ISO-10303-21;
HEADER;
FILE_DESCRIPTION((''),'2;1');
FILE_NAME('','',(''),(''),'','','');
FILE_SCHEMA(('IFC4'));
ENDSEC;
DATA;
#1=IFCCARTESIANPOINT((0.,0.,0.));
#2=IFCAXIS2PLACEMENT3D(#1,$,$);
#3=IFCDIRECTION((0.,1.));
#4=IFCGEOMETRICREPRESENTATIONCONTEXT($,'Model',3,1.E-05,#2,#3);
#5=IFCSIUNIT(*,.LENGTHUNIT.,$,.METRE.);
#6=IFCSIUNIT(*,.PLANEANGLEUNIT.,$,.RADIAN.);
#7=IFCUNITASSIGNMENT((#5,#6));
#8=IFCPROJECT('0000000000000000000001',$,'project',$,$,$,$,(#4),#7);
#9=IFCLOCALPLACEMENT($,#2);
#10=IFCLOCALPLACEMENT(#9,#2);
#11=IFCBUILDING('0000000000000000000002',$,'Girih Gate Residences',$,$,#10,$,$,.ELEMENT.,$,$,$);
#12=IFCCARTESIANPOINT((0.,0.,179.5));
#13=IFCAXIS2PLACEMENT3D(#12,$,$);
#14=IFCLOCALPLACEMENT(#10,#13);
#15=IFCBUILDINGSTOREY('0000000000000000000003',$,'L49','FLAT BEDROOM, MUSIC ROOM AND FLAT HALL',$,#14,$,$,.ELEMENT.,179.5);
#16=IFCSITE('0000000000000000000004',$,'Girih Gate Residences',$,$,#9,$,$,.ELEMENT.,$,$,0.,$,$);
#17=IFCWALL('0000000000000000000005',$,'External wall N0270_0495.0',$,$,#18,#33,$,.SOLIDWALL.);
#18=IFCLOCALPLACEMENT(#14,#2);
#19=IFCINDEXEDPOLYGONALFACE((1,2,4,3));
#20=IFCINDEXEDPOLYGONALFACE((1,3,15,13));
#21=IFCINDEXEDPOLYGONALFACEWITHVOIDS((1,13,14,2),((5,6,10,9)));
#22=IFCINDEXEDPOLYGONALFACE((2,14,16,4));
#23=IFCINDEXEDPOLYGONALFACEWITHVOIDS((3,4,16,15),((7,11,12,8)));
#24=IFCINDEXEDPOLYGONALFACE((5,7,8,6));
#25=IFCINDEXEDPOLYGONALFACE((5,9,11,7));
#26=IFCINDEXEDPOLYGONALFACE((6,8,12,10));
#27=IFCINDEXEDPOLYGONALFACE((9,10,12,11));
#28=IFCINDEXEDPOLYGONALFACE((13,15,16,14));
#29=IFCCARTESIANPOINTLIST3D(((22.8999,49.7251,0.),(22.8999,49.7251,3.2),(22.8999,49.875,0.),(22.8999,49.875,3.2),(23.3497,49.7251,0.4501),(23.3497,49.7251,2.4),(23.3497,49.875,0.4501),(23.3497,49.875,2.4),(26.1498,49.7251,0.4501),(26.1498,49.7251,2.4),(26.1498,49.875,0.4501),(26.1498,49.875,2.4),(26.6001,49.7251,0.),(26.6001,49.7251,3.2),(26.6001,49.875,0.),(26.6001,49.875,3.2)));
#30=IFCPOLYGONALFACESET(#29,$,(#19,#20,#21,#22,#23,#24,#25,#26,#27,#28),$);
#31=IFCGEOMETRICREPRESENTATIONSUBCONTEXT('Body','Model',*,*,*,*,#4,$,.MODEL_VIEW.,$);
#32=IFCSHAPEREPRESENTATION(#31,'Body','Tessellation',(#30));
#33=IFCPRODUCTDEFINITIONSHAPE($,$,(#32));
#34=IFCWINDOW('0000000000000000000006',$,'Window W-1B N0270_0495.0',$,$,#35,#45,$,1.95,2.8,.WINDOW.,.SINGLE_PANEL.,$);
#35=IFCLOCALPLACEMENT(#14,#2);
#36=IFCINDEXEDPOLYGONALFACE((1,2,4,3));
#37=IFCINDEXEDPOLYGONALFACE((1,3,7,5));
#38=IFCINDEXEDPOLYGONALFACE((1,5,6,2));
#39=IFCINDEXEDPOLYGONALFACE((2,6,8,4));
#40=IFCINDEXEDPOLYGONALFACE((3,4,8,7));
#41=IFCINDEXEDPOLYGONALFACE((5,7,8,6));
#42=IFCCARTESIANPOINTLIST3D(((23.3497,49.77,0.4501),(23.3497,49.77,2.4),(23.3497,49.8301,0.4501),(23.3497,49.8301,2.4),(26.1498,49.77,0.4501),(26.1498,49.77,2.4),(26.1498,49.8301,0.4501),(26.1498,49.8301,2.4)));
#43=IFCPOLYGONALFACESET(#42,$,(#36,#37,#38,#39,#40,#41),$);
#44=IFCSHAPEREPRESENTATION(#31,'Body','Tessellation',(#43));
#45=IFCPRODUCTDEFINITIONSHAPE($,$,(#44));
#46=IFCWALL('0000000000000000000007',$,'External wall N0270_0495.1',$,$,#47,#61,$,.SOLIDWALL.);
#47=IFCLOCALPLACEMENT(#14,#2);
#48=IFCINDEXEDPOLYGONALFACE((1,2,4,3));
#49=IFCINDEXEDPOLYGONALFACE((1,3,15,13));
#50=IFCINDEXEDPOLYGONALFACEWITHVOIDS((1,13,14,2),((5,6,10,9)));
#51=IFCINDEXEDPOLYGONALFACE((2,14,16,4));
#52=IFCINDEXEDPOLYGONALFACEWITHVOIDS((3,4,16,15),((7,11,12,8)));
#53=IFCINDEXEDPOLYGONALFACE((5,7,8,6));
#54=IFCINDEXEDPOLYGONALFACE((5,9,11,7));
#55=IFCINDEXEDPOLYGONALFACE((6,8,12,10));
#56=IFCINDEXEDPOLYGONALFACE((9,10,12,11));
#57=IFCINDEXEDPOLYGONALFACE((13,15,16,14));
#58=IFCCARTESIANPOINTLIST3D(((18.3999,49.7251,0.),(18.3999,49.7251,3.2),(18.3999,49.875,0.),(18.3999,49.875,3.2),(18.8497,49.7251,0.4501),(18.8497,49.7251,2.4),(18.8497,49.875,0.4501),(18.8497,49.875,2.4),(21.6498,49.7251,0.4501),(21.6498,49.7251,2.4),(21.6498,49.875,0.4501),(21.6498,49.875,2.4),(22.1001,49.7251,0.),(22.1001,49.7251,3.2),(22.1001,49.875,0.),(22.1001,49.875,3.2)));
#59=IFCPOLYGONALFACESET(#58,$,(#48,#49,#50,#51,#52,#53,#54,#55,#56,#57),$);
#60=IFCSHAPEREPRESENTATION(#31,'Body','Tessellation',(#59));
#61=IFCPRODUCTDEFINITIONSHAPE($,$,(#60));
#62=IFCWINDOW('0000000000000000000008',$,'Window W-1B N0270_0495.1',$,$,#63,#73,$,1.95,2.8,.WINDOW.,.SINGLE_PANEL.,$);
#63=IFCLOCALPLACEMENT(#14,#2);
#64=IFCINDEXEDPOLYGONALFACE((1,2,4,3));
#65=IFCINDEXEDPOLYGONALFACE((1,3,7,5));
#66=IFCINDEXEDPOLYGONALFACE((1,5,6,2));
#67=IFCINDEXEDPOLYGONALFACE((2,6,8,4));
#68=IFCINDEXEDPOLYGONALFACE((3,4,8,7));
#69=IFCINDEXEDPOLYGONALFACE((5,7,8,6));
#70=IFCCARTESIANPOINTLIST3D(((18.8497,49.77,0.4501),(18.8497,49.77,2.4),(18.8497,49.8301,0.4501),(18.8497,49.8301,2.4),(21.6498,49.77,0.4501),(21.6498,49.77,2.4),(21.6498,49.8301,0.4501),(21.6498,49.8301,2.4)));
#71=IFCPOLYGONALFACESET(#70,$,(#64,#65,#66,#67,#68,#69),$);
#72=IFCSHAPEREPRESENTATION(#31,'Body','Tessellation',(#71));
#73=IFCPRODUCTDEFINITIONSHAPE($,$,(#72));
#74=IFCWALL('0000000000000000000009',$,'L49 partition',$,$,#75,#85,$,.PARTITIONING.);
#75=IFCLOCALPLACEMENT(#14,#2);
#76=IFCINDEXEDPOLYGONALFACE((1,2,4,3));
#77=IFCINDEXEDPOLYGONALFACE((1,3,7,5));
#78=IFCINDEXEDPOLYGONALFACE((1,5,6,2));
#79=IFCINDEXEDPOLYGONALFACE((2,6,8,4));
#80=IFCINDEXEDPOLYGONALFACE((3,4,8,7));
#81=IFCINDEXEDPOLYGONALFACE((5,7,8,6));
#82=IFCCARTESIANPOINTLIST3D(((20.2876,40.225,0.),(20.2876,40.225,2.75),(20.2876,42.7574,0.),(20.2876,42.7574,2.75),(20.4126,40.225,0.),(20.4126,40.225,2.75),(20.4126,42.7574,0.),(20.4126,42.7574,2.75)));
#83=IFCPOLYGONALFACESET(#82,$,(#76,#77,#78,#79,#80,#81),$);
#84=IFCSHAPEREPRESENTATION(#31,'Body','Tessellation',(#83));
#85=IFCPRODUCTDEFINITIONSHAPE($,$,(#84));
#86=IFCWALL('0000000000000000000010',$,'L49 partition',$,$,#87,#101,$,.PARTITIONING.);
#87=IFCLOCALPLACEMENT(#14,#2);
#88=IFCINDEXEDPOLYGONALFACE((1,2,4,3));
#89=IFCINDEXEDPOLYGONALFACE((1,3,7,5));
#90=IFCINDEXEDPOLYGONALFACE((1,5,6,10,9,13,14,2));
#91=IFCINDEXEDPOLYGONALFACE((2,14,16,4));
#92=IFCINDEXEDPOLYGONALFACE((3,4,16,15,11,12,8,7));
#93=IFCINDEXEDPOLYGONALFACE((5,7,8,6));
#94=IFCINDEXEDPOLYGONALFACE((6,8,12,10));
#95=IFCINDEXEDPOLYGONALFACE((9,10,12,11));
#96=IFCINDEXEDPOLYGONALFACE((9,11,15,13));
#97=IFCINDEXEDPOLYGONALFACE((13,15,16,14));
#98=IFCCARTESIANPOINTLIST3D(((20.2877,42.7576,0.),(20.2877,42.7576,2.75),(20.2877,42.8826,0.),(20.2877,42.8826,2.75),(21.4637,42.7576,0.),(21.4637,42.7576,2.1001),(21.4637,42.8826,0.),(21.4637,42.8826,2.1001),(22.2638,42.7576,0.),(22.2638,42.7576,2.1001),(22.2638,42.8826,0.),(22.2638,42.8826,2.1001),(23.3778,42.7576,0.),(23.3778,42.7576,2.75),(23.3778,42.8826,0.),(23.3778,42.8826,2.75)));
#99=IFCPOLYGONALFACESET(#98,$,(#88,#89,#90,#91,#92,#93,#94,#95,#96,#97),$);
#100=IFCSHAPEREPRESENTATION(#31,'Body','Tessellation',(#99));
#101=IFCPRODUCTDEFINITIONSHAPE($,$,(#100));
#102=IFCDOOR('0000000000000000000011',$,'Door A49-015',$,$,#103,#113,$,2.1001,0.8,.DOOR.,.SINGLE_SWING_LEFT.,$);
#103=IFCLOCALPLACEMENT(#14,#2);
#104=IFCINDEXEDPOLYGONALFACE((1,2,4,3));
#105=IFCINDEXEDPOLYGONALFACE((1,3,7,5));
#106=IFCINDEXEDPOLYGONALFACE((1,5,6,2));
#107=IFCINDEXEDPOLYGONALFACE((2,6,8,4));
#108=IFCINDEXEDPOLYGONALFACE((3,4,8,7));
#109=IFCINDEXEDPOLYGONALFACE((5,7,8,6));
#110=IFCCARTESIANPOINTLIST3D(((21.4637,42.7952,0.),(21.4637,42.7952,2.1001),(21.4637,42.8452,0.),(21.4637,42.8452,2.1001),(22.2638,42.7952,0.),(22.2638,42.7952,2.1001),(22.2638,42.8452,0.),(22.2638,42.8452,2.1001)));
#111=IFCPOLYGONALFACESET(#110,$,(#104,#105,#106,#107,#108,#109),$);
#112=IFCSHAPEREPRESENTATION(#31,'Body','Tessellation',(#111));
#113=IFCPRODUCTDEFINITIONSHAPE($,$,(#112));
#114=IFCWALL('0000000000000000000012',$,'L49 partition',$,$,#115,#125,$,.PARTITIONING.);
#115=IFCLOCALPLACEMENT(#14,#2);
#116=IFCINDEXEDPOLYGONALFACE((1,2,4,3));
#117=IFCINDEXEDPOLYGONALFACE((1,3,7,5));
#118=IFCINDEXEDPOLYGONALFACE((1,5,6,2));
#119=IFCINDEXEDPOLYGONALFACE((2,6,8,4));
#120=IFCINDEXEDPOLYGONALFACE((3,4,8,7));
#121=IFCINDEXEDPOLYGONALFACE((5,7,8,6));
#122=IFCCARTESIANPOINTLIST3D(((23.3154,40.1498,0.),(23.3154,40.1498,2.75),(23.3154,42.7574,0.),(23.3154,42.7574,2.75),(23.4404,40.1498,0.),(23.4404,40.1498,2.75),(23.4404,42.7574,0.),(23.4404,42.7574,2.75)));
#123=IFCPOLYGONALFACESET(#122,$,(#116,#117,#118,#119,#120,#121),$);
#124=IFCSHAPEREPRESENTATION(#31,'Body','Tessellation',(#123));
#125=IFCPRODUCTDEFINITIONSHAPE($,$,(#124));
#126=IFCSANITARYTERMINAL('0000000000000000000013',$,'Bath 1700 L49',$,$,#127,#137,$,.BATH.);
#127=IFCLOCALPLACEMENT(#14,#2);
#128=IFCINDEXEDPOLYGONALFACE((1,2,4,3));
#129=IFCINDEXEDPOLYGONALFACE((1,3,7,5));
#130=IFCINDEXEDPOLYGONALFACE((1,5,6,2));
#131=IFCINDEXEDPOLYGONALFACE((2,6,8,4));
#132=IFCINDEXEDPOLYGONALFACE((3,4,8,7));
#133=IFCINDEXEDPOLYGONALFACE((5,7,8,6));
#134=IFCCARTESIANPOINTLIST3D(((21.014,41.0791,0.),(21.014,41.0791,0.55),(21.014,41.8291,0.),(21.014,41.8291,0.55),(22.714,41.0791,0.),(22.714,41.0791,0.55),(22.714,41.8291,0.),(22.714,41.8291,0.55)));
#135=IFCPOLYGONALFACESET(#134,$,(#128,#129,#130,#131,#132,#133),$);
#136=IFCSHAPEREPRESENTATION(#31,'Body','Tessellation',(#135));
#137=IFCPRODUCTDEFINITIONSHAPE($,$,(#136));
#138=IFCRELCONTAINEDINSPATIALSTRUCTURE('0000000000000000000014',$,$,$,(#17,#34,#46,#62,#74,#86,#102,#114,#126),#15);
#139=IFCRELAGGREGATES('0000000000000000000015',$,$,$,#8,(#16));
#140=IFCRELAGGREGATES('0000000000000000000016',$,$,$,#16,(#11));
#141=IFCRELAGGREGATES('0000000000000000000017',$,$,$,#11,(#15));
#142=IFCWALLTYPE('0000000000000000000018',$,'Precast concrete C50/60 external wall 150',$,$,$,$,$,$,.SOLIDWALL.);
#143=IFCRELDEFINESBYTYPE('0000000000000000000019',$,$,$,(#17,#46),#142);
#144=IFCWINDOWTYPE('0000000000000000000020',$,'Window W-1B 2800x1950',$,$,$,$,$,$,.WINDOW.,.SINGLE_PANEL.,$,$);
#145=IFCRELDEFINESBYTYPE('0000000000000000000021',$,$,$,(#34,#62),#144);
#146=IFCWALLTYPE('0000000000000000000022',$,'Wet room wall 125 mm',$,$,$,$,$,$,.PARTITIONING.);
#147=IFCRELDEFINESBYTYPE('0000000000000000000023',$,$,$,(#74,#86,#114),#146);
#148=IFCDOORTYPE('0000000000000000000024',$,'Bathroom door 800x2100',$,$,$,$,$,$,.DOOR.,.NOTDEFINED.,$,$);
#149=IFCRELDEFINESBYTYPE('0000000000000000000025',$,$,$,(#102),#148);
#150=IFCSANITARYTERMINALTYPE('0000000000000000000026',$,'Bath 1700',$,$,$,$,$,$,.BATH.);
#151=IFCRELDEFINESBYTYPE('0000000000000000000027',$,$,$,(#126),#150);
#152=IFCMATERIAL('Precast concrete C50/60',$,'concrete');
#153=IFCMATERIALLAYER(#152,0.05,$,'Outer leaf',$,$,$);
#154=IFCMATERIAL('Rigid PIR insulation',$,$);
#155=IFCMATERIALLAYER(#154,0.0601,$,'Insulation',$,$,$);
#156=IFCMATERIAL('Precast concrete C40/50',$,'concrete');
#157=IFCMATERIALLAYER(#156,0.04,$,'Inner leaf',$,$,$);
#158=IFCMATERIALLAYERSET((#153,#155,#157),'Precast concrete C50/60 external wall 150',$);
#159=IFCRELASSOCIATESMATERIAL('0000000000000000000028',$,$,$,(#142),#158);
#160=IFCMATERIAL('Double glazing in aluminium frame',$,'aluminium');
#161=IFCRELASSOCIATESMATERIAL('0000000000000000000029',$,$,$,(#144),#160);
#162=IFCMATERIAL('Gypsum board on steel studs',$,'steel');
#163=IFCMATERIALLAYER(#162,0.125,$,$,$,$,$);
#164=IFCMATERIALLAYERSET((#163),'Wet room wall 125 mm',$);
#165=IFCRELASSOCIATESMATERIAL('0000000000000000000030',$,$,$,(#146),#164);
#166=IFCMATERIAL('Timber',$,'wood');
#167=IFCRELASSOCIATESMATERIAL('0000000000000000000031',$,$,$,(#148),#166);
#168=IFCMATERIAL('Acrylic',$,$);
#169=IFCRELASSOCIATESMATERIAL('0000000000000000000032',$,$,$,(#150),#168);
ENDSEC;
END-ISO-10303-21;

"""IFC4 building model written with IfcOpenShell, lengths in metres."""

from ifc_helpers import new_model, si_unit, direction, frame, frame_2d, origin, origin_2d, place, context, subcontext, project, spatial, rectangle, extrude, material, layer, layer_set, type_object, element, fill, save


model = new_model("IFC4")

# Units and contexts
model_context = context("Model", 3, precision=1e-05, world=origin(), true_north=direction((0.0, 1.0)))
body_context = subcontext(model_context, "Body", "Model", "MODEL_VIEW")
ifc_project = project(units=[si_unit("LENGTHUNIT", "METRE"), si_unit("PLANEANGLEUNIT", "RADIAN")], contexts=[model_context])

# Site, building, storey
site_placement = place(None, origin())
site = spatial("IfcSite", under=ifc_project, at=site_placement, Name="Girih Gate Residences", CompositionType="ELEMENT", RefElevation=0.0)
building_placement = place(site_placement, origin())
building = spatial("IfcBuilding", under=site, at=building_placement, Name="Girih Gate Residences", CompositionType="ELEMENT")
storey_placement = place(building_placement, frame((0.0, 0.0, 179.5)))
storey = spatial("IfcBuildingStorey", under=building, at=storey_placement, Name="L49", Description="FLAT BEDROOM, MUSIC ROOM AND FLAT HALL", CompositionType="ELEMENT", Elevation=179.5)

# Shared definitions
ifc_material_1 = material(Name="Gypsum board on steel studs", Category="steel")

# Shared definitions
ifc_material_2 = material(Name="Timber", Category="wood")

# Walls, openings, windows
ifc_material_3 = material(Name="Precast concrete C50/60", Category="concrete")
ifc_layer_1 = layer(ifc_material_3, 0.05, Name="Outer leaf")
ifc_material_4 = material(Name="Rigid PIR insulation")
ifc_layer_2 = layer(ifc_material_4, 0.0601, Name="Insulation")
ifc_material_5 = material(Name="Precast concrete C40/50", Category="concrete")
ifc_layer_3 = layer(ifc_material_5, 0.04, Name="Inner leaf")
ifc_layer_set_1 = layer_set([ifc_layer_1, ifc_layer_2, ifc_layer_3], Name="Precast concrete C50/60 external wall 150")
wall_type_1 = type_object("IfcWallType", Name="Precast concrete C50/60 external wall 150", PredefinedType="SOLIDWALL", material=ifc_layer_set_1)
wall_1_placement = place(storey_placement, frame((22.8999, 49.8, 0.0), z_axis=(0.0, 0.0, 1.0), x_axis=(1.0, 0.0, 0.0)))
wall_1 = element("IfcWall", 1, at=wall_1_placement, inside=storey, type_object=wall_type_1, Name="External wall N0270_0495.0", PredefinedType="SOLIDWALL", context=body_context, shape_type="SweptSolid", body=[
    extrude(rectangle(XDim=3.7002, YDim=0.1499, at=frame_2d((1.8501, 0.0))), origin(), (0.0, 0.0, 1.0), 3.2),
])
opening_1_placement = place(wall_1_placement, frame((0.45, 0.0, 0.45)))
opening_1 = element("IfcOpeningElement", 2, at=opening_1_placement, cuts=wall_1, PredefinedType="OPENING", context=body_context, shape_type="SweptSolid", body=[
    extrude(rectangle(XDim=2.8, YDim=1.95, at=frame_2d((1.3999, 0.9751))), frame((0.0, 0.085, 0.0), z_axis=(0.0, -1.0, 0.0), x_axis=(1.0, 0.0, 0.0)), (0.0, 0.0, 1.0), 0.1699),
])
ifc_material_6 = material(Name="Double glazing in aluminium frame", Category="aluminium")
window_type = type_object("IfcWindowType", Name="Window W-1B 2800x1950", PartitioningType="SINGLE_PANEL", PredefinedType="WINDOW", material=ifc_material_6)
window_1_placement = place(opening_1_placement, origin())
window_1 = element("IfcWindow", 3, at=window_1_placement, inside=storey, type_object=window_type, Name="Window W-1B N0270_0495.0", OverallHeight=1.95, OverallWidth=2.8, PartitioningType="SINGLE_PANEL", PredefinedType="WINDOW", context=body_context, shape_type="SweptSolid", body=[
    extrude(rectangle(XDim=2.8, YDim=1.95, at=frame_2d((1.3999, 0.9751))), frame((0.0, 0.03, 0.0), z_axis=(0.0, -1.0, 0.0), x_axis=(1.0, 0.0, 0.0)), (0.0, 0.0, 1.0), 0.0601),
])
fill(opening_1, window_1)
wall_2_placement = place(storey_placement, frame((18.3999, 49.8, 0.0), z_axis=(0.0, 0.0, 1.0), x_axis=(1.0, 0.0, 0.0)))
wall_2 = element("IfcWall", 4, at=wall_2_placement, inside=storey, type_object=wall_type_1, Name="External wall N0270_0495.1", PredefinedType="SOLIDWALL", context=body_context, shape_type="SweptSolid", body=[
    extrude(rectangle(XDim=3.7002, YDim=0.1499, at=frame_2d((1.8501, 0.0))), origin(), (0.0, 0.0, 1.0), 3.2),
])
opening_2_placement = place(wall_2_placement, frame((0.45, 0.0, 0.45)))
opening_2 = element("IfcOpeningElement", 5, at=opening_2_placement, cuts=wall_2, PredefinedType="OPENING", context=body_context, shape_type="SweptSolid", body=[
    extrude(rectangle(XDim=2.8, YDim=1.95, at=frame_2d((1.3999, 0.9751))), frame((0.0, 0.085, 0.0), z_axis=(0.0, -1.0, 0.0), x_axis=(1.0, 0.0, 0.0)), (0.0, 0.0, 1.0), 0.1699),
])
window_2_placement = place(opening_2_placement, origin())
window_2 = element("IfcWindow", 6, at=window_2_placement, inside=storey, type_object=window_type, Name="Window W-1B N0270_0495.1", OverallHeight=1.95, OverallWidth=2.8, PartitioningType="SINGLE_PANEL", PredefinedType="WINDOW", context=body_context, shape_type="SweptSolid", body=[
    extrude(rectangle(XDim=2.8, YDim=1.95, at=frame_2d((1.3999, 0.9751))), frame((0.0, 0.03, 0.0), z_axis=(0.0, -1.0, 0.0), x_axis=(1.0, 0.0, 0.0)), (0.0, 0.0, 1.0), 0.0601),
])
fill(opening_2, window_2)

# Wall
ifc_layer_4 = layer(ifc_material_1, 0.125)
ifc_layer_set_2 = layer_set([ifc_layer_4], Name="Wet room wall 125 mm")
wall_type_2 = type_object("IfcWallType", Name="Wet room wall 125 mm", PredefinedType="PARTITIONING", material=ifc_layer_set_2)
wall_3_placement = place(storey_placement, frame((20.3501, 40.2251, 0.0), z_axis=(0.0, 0.0, 1.0), x_axis=(0.0, 1.0, 0.0)))
element("IfcWall", 7, at=wall_3_placement, inside=storey, type_object=wall_type_2, Name="L49 partition", PredefinedType="PARTITIONING", context=body_context, shape_type="SweptSolid", body=[
    extrude(rectangle(XDim=2.5325, YDim=0.125, at=frame_2d((1.2661, 0.0))), origin(), (0.0, 0.0, 1.0), 2.75),
])

# Wall, opening, door
wall_4_placement = place(storey_placement, frame((23.3777, 42.8201, 0.0), z_axis=(0.0, 0.0, 1.0), x_axis=(-1.0, 0.0, 0.0)))
wall_4 = element("IfcWall", 8, at=wall_4_placement, inside=storey, type_object=wall_type_2, Name="L49 partition", PredefinedType="PARTITIONING", context=body_context, shape_type="SweptSolid", body=[
    extrude(rectangle(XDim=3.0901, YDim=0.125, at=frame_2d((1.5449, 0.0))), origin(), (0.0, 0.0, 1.0), 2.75),
])
opening_3_placement = place(wall_4_placement, frame((1.114, 0.0, 0.0)))
opening_3 = element("IfcOpeningElement", 9, at=opening_3_placement, cuts=wall_4, PredefinedType="OPENING", context=body_context, shape_type="SweptSolid", body=[
    extrude(rectangle(XDim=0.8, YDim=2.1001, at=frame_2d((0.3999, 1.05))), frame((0.0, 0.0725, 0.0), z_axis=(0.0, -1.0, 0.0), x_axis=(1.0, 0.0, 0.0)), (0.0, 0.0, 1.0), 0.145),
])
door_type_1 = type_object("IfcDoorType", Name="Bathroom door 800x2100", OperationType="NOTDEFINED", PredefinedType="DOOR", material=ifc_material_2)
door_1_placement = place(opening_3_placement, origin())
door_1 = element("IfcDoor", 10, at=door_1_placement, inside=storey, type_object=door_type_1, Name="Door A49-015", OperationType="SINGLE_SWING_LEFT", OverallHeight=2.1001, OverallWidth=0.8, PredefinedType="DOOR", context=body_context, shape_type="SweptSolid", body=[
    extrude(rectangle(XDim=0.8, YDim=2.1001, at=frame_2d((0.3999, 1.05))), frame((0.0, 0.0249, 0.0), z_axis=(0.0, -1.0, 0.0), x_axis=(1.0, 0.0, 0.0)), (0.0, 0.0, 1.0), 0.05),
])
fill(opening_3, door_1)

# Wall
wall_5_placement = place(storey_placement, frame((23.3779, 40.1499, 0.0), z_axis=(0.0, 0.0, 1.0), x_axis=(0.0, 1.0, 0.0)))
element("IfcWall", 11, at=wall_5_placement, inside=storey, type_object=wall_type_2, Name="L49 partition", PredefinedType="PARTITIONING", context=body_context, shape_type="SweptSolid", body=[
    extrude(rectangle(XDim=2.6077, YDim=0.125, at=frame_2d((1.3037, 0.0))), origin(), (0.0, 0.0, 1.0), 2.75),
])

# Sanitary terminal
ifc_material_7 = material(Name="Acrylic")
sanitary_terminal_type = type_object("IfcSanitaryTerminalType", Name="Bath 1700", PredefinedType="BATH", material=ifc_material_7)
sanitary_terminal_placement = place(storey_placement, frame((21.864, 41.4541, 0.0), z_axis=(0.0, 0.0, 1.0), x_axis=(1.0, 0.0, 0.0)))
element("IfcSanitaryTerminal", 12, at=sanitary_terminal_placement, inside=storey, type_object=sanitary_terminal_type, Name="Bath 1700 L49", PredefinedType="BATH", context=body_context, shape_type="SweptSolid", body=[
    extrude(rectangle(XDim=1.7, YDim=0.75, at=origin_2d()), origin(), (0.0, 0.0, 1.0), 0.55),
])

save(model, "model.ifc")
